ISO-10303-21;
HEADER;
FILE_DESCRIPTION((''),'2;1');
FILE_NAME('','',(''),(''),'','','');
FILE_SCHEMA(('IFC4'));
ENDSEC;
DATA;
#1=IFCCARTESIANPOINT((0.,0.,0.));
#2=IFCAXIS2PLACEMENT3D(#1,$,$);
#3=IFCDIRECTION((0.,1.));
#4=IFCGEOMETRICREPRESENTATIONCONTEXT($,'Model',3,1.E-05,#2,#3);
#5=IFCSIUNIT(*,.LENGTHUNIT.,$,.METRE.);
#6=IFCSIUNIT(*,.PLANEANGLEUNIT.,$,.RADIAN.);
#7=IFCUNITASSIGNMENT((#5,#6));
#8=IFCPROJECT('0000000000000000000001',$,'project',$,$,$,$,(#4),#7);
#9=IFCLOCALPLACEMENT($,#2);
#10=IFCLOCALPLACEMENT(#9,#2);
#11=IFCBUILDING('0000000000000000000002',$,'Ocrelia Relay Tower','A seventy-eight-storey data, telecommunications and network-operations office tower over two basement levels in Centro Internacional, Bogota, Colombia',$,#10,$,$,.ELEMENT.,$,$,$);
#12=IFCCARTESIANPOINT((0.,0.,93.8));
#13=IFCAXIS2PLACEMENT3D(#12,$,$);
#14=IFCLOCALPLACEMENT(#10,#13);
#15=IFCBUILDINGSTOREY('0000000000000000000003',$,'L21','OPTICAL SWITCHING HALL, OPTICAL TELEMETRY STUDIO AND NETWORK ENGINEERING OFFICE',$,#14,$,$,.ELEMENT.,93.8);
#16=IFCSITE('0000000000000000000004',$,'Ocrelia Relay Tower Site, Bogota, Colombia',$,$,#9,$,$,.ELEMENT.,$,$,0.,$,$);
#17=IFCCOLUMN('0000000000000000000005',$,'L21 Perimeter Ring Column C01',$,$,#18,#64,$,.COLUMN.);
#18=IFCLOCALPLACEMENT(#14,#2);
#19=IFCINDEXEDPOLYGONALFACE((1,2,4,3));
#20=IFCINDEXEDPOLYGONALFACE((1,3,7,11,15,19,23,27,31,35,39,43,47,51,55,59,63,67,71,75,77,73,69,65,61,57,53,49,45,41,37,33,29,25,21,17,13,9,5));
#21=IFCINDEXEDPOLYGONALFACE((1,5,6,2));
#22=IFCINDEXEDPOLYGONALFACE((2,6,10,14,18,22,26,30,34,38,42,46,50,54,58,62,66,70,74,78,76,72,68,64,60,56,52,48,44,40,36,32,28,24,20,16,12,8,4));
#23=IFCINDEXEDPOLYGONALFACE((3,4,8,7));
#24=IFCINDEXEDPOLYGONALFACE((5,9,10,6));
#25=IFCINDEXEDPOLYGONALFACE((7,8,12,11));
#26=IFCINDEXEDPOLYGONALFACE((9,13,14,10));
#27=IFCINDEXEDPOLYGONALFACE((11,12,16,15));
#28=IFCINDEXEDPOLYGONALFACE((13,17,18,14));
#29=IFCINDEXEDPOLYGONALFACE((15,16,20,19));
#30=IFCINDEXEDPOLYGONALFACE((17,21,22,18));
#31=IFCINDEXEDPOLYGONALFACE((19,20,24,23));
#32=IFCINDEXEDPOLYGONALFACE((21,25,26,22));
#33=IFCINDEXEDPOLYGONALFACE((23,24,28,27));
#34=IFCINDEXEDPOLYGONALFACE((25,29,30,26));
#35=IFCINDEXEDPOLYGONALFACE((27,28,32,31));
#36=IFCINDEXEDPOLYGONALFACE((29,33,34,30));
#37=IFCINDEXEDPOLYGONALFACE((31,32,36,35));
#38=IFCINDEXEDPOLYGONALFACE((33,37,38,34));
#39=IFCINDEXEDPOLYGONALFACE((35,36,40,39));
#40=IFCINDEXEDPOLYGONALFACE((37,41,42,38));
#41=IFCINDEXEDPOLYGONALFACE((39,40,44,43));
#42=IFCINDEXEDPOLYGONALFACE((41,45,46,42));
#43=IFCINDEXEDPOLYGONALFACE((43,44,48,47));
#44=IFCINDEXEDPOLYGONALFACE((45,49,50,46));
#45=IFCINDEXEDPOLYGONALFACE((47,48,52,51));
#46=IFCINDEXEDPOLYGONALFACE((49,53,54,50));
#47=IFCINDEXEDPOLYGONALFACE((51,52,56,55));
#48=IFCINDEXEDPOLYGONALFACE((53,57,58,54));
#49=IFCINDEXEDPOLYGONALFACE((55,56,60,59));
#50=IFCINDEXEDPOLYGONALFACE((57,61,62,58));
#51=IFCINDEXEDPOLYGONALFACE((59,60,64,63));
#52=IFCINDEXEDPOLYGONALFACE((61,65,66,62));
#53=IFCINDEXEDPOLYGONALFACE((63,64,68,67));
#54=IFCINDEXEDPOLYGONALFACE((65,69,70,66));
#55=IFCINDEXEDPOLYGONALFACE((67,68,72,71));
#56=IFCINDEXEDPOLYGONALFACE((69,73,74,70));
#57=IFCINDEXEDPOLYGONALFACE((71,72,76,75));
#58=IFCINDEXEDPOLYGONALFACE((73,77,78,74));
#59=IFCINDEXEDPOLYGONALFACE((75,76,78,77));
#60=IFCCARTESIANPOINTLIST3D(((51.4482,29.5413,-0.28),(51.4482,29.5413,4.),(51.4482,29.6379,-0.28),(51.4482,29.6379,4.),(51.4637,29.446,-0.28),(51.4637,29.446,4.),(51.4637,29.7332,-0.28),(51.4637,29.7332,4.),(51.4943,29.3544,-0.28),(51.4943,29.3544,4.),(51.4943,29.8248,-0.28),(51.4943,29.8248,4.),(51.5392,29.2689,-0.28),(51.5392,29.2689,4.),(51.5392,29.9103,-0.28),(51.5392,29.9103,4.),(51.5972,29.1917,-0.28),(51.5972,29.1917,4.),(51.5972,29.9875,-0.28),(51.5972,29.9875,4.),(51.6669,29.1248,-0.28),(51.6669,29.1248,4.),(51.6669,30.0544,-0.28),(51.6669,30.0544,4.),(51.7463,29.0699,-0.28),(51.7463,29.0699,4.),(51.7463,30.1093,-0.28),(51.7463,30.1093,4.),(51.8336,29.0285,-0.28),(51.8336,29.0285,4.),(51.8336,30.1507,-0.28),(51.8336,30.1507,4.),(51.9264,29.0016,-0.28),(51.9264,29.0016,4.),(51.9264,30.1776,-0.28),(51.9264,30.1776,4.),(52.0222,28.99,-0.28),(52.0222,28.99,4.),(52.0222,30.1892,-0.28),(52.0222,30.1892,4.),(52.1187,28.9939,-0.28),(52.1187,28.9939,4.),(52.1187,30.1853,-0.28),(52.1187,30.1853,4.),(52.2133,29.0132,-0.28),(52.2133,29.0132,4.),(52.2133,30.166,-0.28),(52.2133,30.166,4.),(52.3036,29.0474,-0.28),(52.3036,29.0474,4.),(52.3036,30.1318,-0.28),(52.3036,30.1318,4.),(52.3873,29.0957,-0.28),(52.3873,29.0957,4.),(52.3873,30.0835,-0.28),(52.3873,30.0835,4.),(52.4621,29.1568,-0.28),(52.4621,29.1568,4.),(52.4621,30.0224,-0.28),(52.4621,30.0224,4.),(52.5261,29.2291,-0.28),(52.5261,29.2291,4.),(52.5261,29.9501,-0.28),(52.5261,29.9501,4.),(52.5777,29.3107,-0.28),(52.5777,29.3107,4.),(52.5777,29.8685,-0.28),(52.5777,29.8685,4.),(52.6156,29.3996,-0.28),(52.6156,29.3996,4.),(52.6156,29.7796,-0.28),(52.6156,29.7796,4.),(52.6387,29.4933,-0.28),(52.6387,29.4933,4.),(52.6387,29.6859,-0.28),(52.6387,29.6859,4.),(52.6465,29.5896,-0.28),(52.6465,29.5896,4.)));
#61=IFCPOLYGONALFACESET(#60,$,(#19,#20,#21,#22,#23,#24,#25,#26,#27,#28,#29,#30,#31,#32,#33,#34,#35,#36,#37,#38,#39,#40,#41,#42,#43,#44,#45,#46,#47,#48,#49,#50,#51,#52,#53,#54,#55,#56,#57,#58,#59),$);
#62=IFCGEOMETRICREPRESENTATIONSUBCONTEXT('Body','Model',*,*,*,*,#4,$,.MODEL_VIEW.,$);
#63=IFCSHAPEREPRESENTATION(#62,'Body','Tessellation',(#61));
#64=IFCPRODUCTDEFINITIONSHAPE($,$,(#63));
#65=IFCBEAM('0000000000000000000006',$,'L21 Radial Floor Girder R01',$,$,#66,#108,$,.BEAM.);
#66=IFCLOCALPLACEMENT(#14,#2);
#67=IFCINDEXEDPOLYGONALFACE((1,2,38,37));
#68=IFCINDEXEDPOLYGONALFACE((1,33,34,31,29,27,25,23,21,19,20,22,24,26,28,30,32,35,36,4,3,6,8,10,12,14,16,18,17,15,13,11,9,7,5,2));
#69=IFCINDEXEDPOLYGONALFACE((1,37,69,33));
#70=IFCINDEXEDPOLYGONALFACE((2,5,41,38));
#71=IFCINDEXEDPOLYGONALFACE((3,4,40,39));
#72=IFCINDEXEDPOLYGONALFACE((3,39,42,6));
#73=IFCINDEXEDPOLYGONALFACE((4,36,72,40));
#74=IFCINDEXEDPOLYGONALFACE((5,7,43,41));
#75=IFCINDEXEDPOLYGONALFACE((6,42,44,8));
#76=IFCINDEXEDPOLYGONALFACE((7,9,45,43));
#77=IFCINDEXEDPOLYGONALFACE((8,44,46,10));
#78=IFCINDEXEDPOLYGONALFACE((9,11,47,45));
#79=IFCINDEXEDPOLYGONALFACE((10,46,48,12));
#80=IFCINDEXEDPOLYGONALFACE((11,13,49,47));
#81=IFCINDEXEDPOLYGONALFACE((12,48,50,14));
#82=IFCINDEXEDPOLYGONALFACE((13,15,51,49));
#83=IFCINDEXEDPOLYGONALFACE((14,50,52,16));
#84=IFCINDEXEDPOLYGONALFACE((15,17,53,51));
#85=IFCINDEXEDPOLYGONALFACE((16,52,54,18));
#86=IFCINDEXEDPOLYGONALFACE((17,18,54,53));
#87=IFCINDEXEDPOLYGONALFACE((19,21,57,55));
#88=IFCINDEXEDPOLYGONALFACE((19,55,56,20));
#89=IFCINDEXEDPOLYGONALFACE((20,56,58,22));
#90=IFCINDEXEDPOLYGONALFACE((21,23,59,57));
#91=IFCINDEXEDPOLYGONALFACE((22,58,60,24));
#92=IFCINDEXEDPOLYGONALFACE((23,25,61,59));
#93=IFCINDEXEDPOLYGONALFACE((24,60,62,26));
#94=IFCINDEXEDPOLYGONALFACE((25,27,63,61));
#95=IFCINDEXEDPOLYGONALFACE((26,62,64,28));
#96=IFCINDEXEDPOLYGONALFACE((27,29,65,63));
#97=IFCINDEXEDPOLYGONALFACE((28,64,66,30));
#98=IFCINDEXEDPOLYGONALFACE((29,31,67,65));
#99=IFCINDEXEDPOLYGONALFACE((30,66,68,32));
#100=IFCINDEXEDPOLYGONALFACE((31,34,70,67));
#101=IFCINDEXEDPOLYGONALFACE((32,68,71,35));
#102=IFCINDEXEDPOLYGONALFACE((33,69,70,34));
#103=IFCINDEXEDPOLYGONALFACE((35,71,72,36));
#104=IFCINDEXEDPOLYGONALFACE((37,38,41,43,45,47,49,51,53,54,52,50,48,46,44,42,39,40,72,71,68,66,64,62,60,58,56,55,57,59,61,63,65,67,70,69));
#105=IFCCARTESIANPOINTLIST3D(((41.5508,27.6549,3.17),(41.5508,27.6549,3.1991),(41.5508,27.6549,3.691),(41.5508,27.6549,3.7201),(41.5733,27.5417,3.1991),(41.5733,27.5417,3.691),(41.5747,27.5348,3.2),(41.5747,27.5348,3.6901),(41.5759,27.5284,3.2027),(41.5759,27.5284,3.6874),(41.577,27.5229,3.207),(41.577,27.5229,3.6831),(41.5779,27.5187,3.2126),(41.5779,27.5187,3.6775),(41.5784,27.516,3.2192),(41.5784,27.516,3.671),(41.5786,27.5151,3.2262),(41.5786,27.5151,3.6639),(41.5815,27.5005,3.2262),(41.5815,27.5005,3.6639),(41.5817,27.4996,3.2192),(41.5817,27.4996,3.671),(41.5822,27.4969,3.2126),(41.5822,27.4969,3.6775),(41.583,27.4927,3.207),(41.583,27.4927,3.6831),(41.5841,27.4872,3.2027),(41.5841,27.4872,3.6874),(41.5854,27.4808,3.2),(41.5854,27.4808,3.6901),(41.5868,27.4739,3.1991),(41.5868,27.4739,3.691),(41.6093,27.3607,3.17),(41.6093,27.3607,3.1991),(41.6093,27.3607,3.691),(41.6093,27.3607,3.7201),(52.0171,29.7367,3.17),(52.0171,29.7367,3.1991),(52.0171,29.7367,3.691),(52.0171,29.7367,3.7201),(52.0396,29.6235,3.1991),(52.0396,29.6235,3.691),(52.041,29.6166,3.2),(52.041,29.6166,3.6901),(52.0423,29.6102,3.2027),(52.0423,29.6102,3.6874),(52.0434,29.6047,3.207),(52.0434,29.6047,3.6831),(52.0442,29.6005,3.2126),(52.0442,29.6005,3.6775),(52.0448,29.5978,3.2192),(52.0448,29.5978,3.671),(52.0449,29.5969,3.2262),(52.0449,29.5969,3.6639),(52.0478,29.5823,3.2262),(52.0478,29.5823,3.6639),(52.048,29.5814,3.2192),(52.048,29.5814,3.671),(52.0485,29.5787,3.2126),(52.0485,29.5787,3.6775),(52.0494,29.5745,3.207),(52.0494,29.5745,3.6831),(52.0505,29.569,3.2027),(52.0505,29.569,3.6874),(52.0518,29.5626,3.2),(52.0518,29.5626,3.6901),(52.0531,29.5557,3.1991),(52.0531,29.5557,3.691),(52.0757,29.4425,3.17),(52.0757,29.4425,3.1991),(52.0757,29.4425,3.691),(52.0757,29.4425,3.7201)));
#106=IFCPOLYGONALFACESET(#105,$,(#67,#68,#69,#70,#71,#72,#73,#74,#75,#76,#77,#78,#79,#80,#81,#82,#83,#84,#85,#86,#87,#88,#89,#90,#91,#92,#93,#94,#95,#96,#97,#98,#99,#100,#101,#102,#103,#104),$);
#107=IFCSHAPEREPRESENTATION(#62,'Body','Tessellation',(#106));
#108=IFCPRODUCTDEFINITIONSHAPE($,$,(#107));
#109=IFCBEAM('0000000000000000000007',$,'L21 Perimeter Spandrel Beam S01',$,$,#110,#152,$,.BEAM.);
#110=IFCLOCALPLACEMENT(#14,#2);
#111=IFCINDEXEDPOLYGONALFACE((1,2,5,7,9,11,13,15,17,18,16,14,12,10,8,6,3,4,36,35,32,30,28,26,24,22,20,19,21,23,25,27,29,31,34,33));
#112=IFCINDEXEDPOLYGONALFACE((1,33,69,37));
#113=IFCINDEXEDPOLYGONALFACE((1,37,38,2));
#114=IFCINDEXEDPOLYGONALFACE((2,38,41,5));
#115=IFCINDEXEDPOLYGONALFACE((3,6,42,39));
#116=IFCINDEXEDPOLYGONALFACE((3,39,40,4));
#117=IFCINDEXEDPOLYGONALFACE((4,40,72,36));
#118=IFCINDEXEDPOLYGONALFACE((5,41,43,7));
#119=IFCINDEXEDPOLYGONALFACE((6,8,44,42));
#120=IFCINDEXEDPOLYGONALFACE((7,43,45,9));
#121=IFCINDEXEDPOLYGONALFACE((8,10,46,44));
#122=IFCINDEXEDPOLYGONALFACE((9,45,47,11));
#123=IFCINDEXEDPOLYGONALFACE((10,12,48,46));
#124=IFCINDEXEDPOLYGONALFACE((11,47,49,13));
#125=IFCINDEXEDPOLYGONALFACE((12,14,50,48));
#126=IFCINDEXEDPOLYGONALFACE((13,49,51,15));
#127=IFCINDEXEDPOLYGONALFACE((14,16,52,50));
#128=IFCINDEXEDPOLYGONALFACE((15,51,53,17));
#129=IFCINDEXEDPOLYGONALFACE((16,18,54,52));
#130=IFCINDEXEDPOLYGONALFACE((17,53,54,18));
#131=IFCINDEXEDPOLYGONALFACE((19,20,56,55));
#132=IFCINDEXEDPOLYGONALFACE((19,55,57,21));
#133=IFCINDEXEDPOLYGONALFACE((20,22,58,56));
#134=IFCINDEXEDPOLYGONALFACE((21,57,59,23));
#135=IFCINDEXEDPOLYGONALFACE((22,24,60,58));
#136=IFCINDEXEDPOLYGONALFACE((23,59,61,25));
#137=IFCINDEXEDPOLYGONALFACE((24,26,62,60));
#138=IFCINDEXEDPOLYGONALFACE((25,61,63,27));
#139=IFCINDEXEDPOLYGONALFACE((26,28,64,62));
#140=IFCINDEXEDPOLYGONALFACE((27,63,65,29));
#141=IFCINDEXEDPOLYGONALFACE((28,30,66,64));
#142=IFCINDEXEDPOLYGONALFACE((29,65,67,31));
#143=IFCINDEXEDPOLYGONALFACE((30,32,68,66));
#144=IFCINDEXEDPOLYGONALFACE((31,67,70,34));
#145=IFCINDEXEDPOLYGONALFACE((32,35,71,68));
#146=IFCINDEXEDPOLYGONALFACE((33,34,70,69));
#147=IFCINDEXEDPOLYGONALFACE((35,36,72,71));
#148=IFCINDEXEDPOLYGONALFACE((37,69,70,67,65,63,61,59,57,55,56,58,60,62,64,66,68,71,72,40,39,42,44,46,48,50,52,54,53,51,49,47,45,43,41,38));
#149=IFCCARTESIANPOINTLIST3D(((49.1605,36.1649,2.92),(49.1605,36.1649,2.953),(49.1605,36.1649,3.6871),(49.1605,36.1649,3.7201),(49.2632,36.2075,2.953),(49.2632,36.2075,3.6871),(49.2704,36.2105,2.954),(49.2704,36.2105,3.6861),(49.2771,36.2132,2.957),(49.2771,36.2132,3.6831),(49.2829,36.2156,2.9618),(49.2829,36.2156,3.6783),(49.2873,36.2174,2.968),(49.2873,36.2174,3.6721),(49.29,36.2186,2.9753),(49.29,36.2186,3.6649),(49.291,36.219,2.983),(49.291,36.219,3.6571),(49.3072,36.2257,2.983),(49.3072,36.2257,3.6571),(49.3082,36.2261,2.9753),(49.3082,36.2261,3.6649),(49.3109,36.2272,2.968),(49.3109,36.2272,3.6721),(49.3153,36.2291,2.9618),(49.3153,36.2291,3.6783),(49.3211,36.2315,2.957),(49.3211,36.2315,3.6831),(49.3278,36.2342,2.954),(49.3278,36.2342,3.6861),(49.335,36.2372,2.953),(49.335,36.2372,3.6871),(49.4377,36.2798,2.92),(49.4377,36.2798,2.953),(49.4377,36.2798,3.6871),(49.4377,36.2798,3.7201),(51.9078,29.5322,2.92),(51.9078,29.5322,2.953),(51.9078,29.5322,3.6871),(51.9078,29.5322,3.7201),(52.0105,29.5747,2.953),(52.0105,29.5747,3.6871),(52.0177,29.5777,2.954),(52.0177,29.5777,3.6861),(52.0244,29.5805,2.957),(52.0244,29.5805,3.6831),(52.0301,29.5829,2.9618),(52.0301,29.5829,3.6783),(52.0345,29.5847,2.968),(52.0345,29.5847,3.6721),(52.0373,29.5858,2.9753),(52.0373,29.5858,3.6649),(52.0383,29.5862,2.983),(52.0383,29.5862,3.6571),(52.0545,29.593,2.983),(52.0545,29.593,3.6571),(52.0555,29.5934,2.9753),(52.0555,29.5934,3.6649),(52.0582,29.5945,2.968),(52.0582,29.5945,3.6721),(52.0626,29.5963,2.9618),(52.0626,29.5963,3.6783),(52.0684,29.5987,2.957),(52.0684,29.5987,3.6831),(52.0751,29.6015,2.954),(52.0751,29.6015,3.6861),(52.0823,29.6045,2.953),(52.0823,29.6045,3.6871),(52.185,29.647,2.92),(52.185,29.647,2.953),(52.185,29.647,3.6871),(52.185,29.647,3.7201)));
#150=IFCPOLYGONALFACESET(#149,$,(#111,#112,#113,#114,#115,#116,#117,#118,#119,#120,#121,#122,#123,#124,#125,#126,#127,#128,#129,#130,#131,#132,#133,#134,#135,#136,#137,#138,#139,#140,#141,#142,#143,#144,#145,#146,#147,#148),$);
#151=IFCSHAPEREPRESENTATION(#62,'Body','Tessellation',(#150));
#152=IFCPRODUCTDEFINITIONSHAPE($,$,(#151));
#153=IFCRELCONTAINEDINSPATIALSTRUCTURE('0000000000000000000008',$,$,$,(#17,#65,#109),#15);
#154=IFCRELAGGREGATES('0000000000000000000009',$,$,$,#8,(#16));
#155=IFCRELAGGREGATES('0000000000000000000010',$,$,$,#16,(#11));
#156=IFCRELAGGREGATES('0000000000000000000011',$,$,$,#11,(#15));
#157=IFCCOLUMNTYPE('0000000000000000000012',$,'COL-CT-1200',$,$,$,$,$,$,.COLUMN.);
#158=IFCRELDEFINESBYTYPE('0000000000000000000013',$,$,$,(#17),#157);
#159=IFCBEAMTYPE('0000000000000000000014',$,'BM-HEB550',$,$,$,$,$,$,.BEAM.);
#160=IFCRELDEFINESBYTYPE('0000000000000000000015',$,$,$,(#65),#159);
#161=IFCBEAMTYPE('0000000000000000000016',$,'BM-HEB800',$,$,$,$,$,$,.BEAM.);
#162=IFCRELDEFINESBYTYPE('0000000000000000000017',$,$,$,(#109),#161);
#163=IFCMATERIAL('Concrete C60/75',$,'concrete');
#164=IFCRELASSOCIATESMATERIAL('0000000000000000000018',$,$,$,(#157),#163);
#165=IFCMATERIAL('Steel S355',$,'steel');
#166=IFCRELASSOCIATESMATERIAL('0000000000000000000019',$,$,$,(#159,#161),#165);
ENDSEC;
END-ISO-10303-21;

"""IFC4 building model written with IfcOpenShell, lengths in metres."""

from ifc_helpers import new_model, si_unit, direction, frame, origin, origin_2d, place, context, subcontext, project, spatial, circle, i_section, extrude, material, material_profile, profile_set, type_object, element, save


model = new_model("IFC4")

# Units and contexts
model_context = context("Model", 3, precision=1e-05, world=origin(), true_north=direction((0.0, 1.0)))
body_context = subcontext(model_context, "Body", "Model", "MODEL_VIEW")
ifc_project = project(units=[si_unit("LENGTHUNIT", "METRE"), si_unit("PLANEANGLEUNIT", "RADIAN")], contexts=[model_context])

# Site, building, storey
site_placement = place(None, origin())
site = spatial("IfcSite", under=ifc_project, at=site_placement, Name="Ocrelia Relay Tower Site, Bogota, Colombia", CompositionType="ELEMENT", RefElevation=0.0)
building_placement = place(site_placement, origin())
building = spatial("IfcBuilding", under=site, at=building_placement, Name="Ocrelia Relay Tower", Description="A seventy-eight-storey data, telecommunications and network-operations office tower over two basement levels in Centro Internacional, Bogota, Colombia", CompositionType="ELEMENT")
storey_placement = place(building_placement, frame((0.0, 0.0, 93.8)))
storey = spatial("IfcBuildingStorey", under=building, at=storey_placement, Name="L21", Description="OPTICAL SWITCHING HALL, OPTICAL TELEMETRY STUDIO AND NETWORK ENGINEERING OFFICE", CompositionType="ELEMENT", Elevation=93.8)

# Column
ifc_material_1 = material(Name="Concrete C60/75", Category="concrete")
ifc_material_profile_1 = material_profile(ifc_material_1, circle(Radius=0.6001, at=origin_2d()), Name="RC-CIR-1200")
ifc_profile_set_1 = profile_set([ifc_material_profile_1], Name="Concrete C60/75")
column_type = type_object("IfcColumnType", Name="COL-CT-1200", PredefinedType="COLUMN", material=ifc_profile_set_1)
column_placement = place(storey_placement, frame((52.0464, 29.5896, -0.28), z_axis=(0.0, 0.0, 1.0), x_axis=(1.0, 0.0, 0.0)))
element("IfcColumn", 1, at=column_placement, inside=storey, type_object=column_type, Name="L21 Perimeter Ring Column C01", PredefinedType="COLUMN", context=body_context, shape_type="SweptSolid", body=[
    extrude(circle(Radius=0.6001, at=origin_2d()), origin(), (0.0, 0.0, 1.0), 4.28),
])

# Beams
ifc_material_2 = material(Name="Steel S355", Category="steel")
ifc_material_profile_2 = material_profile(ifc_material_2, i_section(OverallWidth=0.3, OverallDepth=0.55, WebThickness=0.0149, FlangeThickness=0.0291, FilletRadius=0.0271, at=origin_2d()), Name="HEB 550")
ifc_profile_set_2 = profile_set([ifc_material_profile_2], Name="Steel S355")
beam_type_1 = type_object("IfcBeamType", Name="BM-HEB550", PredefinedType="BEAM", material=ifc_profile_set_2)
beam_1_placement = place(storey_placement, frame((52.0464, 29.5896, 3.4451), z_axis=(-0.980787, -0.195082, 0.0), x_axis=(0.195082, -0.980787, 0.0)))
element("IfcBeam", 2, at=beam_1_placement, inside=storey, type_object=beam_type_1, Name="L21 Radial Floor Girder R01", PredefinedType="BEAM", context=body_context, shape_type="SweptSolid", body=[
    extrude(i_section(OverallWidth=0.3, OverallDepth=0.55, WebThickness=0.0149, FlangeThickness=0.0291, FilletRadius=0.0271, at=origin_2d()), origin(), (0.0, 0.0, 1.0), 10.6714),
])
ifc_material_profile_3 = material_profile(ifc_material_2, i_section(OverallWidth=0.3, OverallDepth=0.8, WebThickness=0.0176, FlangeThickness=0.033, FilletRadius=0.03, at=origin_2d()), Name="HEB 800")
ifc_profile_set_3 = profile_set([ifc_material_profile_3], Name="Steel S355")
beam_type_2 = type_object("IfcBeamType", Name="BM-HEB800", PredefinedType="BEAM", material=ifc_profile_set_3)
beam_2_placement = place(storey_placement, frame((52.0464, 29.5896, 3.3201), z_axis=(-0.382673, 0.923884, 0.0), x_axis=(-0.923884, -0.382673, 0.0)))
element("IfcBeam", 3, at=beam_2_placement, inside=storey, type_object=beam_type_2, Name="L21 Perimeter Spandrel Beam S01", PredefinedType="BEAM", context=body_context, shape_type="SweptSolid", body=[
    extrude(i_section(OverallWidth=0.3, OverallDepth=0.8, WebThickness=0.0176, FlangeThickness=0.033, FilletRadius=0.03, at=origin_2d()), origin(), (0.0, 0.0, 1.0), 7.1792),
])

save(model, "model.ifc")
